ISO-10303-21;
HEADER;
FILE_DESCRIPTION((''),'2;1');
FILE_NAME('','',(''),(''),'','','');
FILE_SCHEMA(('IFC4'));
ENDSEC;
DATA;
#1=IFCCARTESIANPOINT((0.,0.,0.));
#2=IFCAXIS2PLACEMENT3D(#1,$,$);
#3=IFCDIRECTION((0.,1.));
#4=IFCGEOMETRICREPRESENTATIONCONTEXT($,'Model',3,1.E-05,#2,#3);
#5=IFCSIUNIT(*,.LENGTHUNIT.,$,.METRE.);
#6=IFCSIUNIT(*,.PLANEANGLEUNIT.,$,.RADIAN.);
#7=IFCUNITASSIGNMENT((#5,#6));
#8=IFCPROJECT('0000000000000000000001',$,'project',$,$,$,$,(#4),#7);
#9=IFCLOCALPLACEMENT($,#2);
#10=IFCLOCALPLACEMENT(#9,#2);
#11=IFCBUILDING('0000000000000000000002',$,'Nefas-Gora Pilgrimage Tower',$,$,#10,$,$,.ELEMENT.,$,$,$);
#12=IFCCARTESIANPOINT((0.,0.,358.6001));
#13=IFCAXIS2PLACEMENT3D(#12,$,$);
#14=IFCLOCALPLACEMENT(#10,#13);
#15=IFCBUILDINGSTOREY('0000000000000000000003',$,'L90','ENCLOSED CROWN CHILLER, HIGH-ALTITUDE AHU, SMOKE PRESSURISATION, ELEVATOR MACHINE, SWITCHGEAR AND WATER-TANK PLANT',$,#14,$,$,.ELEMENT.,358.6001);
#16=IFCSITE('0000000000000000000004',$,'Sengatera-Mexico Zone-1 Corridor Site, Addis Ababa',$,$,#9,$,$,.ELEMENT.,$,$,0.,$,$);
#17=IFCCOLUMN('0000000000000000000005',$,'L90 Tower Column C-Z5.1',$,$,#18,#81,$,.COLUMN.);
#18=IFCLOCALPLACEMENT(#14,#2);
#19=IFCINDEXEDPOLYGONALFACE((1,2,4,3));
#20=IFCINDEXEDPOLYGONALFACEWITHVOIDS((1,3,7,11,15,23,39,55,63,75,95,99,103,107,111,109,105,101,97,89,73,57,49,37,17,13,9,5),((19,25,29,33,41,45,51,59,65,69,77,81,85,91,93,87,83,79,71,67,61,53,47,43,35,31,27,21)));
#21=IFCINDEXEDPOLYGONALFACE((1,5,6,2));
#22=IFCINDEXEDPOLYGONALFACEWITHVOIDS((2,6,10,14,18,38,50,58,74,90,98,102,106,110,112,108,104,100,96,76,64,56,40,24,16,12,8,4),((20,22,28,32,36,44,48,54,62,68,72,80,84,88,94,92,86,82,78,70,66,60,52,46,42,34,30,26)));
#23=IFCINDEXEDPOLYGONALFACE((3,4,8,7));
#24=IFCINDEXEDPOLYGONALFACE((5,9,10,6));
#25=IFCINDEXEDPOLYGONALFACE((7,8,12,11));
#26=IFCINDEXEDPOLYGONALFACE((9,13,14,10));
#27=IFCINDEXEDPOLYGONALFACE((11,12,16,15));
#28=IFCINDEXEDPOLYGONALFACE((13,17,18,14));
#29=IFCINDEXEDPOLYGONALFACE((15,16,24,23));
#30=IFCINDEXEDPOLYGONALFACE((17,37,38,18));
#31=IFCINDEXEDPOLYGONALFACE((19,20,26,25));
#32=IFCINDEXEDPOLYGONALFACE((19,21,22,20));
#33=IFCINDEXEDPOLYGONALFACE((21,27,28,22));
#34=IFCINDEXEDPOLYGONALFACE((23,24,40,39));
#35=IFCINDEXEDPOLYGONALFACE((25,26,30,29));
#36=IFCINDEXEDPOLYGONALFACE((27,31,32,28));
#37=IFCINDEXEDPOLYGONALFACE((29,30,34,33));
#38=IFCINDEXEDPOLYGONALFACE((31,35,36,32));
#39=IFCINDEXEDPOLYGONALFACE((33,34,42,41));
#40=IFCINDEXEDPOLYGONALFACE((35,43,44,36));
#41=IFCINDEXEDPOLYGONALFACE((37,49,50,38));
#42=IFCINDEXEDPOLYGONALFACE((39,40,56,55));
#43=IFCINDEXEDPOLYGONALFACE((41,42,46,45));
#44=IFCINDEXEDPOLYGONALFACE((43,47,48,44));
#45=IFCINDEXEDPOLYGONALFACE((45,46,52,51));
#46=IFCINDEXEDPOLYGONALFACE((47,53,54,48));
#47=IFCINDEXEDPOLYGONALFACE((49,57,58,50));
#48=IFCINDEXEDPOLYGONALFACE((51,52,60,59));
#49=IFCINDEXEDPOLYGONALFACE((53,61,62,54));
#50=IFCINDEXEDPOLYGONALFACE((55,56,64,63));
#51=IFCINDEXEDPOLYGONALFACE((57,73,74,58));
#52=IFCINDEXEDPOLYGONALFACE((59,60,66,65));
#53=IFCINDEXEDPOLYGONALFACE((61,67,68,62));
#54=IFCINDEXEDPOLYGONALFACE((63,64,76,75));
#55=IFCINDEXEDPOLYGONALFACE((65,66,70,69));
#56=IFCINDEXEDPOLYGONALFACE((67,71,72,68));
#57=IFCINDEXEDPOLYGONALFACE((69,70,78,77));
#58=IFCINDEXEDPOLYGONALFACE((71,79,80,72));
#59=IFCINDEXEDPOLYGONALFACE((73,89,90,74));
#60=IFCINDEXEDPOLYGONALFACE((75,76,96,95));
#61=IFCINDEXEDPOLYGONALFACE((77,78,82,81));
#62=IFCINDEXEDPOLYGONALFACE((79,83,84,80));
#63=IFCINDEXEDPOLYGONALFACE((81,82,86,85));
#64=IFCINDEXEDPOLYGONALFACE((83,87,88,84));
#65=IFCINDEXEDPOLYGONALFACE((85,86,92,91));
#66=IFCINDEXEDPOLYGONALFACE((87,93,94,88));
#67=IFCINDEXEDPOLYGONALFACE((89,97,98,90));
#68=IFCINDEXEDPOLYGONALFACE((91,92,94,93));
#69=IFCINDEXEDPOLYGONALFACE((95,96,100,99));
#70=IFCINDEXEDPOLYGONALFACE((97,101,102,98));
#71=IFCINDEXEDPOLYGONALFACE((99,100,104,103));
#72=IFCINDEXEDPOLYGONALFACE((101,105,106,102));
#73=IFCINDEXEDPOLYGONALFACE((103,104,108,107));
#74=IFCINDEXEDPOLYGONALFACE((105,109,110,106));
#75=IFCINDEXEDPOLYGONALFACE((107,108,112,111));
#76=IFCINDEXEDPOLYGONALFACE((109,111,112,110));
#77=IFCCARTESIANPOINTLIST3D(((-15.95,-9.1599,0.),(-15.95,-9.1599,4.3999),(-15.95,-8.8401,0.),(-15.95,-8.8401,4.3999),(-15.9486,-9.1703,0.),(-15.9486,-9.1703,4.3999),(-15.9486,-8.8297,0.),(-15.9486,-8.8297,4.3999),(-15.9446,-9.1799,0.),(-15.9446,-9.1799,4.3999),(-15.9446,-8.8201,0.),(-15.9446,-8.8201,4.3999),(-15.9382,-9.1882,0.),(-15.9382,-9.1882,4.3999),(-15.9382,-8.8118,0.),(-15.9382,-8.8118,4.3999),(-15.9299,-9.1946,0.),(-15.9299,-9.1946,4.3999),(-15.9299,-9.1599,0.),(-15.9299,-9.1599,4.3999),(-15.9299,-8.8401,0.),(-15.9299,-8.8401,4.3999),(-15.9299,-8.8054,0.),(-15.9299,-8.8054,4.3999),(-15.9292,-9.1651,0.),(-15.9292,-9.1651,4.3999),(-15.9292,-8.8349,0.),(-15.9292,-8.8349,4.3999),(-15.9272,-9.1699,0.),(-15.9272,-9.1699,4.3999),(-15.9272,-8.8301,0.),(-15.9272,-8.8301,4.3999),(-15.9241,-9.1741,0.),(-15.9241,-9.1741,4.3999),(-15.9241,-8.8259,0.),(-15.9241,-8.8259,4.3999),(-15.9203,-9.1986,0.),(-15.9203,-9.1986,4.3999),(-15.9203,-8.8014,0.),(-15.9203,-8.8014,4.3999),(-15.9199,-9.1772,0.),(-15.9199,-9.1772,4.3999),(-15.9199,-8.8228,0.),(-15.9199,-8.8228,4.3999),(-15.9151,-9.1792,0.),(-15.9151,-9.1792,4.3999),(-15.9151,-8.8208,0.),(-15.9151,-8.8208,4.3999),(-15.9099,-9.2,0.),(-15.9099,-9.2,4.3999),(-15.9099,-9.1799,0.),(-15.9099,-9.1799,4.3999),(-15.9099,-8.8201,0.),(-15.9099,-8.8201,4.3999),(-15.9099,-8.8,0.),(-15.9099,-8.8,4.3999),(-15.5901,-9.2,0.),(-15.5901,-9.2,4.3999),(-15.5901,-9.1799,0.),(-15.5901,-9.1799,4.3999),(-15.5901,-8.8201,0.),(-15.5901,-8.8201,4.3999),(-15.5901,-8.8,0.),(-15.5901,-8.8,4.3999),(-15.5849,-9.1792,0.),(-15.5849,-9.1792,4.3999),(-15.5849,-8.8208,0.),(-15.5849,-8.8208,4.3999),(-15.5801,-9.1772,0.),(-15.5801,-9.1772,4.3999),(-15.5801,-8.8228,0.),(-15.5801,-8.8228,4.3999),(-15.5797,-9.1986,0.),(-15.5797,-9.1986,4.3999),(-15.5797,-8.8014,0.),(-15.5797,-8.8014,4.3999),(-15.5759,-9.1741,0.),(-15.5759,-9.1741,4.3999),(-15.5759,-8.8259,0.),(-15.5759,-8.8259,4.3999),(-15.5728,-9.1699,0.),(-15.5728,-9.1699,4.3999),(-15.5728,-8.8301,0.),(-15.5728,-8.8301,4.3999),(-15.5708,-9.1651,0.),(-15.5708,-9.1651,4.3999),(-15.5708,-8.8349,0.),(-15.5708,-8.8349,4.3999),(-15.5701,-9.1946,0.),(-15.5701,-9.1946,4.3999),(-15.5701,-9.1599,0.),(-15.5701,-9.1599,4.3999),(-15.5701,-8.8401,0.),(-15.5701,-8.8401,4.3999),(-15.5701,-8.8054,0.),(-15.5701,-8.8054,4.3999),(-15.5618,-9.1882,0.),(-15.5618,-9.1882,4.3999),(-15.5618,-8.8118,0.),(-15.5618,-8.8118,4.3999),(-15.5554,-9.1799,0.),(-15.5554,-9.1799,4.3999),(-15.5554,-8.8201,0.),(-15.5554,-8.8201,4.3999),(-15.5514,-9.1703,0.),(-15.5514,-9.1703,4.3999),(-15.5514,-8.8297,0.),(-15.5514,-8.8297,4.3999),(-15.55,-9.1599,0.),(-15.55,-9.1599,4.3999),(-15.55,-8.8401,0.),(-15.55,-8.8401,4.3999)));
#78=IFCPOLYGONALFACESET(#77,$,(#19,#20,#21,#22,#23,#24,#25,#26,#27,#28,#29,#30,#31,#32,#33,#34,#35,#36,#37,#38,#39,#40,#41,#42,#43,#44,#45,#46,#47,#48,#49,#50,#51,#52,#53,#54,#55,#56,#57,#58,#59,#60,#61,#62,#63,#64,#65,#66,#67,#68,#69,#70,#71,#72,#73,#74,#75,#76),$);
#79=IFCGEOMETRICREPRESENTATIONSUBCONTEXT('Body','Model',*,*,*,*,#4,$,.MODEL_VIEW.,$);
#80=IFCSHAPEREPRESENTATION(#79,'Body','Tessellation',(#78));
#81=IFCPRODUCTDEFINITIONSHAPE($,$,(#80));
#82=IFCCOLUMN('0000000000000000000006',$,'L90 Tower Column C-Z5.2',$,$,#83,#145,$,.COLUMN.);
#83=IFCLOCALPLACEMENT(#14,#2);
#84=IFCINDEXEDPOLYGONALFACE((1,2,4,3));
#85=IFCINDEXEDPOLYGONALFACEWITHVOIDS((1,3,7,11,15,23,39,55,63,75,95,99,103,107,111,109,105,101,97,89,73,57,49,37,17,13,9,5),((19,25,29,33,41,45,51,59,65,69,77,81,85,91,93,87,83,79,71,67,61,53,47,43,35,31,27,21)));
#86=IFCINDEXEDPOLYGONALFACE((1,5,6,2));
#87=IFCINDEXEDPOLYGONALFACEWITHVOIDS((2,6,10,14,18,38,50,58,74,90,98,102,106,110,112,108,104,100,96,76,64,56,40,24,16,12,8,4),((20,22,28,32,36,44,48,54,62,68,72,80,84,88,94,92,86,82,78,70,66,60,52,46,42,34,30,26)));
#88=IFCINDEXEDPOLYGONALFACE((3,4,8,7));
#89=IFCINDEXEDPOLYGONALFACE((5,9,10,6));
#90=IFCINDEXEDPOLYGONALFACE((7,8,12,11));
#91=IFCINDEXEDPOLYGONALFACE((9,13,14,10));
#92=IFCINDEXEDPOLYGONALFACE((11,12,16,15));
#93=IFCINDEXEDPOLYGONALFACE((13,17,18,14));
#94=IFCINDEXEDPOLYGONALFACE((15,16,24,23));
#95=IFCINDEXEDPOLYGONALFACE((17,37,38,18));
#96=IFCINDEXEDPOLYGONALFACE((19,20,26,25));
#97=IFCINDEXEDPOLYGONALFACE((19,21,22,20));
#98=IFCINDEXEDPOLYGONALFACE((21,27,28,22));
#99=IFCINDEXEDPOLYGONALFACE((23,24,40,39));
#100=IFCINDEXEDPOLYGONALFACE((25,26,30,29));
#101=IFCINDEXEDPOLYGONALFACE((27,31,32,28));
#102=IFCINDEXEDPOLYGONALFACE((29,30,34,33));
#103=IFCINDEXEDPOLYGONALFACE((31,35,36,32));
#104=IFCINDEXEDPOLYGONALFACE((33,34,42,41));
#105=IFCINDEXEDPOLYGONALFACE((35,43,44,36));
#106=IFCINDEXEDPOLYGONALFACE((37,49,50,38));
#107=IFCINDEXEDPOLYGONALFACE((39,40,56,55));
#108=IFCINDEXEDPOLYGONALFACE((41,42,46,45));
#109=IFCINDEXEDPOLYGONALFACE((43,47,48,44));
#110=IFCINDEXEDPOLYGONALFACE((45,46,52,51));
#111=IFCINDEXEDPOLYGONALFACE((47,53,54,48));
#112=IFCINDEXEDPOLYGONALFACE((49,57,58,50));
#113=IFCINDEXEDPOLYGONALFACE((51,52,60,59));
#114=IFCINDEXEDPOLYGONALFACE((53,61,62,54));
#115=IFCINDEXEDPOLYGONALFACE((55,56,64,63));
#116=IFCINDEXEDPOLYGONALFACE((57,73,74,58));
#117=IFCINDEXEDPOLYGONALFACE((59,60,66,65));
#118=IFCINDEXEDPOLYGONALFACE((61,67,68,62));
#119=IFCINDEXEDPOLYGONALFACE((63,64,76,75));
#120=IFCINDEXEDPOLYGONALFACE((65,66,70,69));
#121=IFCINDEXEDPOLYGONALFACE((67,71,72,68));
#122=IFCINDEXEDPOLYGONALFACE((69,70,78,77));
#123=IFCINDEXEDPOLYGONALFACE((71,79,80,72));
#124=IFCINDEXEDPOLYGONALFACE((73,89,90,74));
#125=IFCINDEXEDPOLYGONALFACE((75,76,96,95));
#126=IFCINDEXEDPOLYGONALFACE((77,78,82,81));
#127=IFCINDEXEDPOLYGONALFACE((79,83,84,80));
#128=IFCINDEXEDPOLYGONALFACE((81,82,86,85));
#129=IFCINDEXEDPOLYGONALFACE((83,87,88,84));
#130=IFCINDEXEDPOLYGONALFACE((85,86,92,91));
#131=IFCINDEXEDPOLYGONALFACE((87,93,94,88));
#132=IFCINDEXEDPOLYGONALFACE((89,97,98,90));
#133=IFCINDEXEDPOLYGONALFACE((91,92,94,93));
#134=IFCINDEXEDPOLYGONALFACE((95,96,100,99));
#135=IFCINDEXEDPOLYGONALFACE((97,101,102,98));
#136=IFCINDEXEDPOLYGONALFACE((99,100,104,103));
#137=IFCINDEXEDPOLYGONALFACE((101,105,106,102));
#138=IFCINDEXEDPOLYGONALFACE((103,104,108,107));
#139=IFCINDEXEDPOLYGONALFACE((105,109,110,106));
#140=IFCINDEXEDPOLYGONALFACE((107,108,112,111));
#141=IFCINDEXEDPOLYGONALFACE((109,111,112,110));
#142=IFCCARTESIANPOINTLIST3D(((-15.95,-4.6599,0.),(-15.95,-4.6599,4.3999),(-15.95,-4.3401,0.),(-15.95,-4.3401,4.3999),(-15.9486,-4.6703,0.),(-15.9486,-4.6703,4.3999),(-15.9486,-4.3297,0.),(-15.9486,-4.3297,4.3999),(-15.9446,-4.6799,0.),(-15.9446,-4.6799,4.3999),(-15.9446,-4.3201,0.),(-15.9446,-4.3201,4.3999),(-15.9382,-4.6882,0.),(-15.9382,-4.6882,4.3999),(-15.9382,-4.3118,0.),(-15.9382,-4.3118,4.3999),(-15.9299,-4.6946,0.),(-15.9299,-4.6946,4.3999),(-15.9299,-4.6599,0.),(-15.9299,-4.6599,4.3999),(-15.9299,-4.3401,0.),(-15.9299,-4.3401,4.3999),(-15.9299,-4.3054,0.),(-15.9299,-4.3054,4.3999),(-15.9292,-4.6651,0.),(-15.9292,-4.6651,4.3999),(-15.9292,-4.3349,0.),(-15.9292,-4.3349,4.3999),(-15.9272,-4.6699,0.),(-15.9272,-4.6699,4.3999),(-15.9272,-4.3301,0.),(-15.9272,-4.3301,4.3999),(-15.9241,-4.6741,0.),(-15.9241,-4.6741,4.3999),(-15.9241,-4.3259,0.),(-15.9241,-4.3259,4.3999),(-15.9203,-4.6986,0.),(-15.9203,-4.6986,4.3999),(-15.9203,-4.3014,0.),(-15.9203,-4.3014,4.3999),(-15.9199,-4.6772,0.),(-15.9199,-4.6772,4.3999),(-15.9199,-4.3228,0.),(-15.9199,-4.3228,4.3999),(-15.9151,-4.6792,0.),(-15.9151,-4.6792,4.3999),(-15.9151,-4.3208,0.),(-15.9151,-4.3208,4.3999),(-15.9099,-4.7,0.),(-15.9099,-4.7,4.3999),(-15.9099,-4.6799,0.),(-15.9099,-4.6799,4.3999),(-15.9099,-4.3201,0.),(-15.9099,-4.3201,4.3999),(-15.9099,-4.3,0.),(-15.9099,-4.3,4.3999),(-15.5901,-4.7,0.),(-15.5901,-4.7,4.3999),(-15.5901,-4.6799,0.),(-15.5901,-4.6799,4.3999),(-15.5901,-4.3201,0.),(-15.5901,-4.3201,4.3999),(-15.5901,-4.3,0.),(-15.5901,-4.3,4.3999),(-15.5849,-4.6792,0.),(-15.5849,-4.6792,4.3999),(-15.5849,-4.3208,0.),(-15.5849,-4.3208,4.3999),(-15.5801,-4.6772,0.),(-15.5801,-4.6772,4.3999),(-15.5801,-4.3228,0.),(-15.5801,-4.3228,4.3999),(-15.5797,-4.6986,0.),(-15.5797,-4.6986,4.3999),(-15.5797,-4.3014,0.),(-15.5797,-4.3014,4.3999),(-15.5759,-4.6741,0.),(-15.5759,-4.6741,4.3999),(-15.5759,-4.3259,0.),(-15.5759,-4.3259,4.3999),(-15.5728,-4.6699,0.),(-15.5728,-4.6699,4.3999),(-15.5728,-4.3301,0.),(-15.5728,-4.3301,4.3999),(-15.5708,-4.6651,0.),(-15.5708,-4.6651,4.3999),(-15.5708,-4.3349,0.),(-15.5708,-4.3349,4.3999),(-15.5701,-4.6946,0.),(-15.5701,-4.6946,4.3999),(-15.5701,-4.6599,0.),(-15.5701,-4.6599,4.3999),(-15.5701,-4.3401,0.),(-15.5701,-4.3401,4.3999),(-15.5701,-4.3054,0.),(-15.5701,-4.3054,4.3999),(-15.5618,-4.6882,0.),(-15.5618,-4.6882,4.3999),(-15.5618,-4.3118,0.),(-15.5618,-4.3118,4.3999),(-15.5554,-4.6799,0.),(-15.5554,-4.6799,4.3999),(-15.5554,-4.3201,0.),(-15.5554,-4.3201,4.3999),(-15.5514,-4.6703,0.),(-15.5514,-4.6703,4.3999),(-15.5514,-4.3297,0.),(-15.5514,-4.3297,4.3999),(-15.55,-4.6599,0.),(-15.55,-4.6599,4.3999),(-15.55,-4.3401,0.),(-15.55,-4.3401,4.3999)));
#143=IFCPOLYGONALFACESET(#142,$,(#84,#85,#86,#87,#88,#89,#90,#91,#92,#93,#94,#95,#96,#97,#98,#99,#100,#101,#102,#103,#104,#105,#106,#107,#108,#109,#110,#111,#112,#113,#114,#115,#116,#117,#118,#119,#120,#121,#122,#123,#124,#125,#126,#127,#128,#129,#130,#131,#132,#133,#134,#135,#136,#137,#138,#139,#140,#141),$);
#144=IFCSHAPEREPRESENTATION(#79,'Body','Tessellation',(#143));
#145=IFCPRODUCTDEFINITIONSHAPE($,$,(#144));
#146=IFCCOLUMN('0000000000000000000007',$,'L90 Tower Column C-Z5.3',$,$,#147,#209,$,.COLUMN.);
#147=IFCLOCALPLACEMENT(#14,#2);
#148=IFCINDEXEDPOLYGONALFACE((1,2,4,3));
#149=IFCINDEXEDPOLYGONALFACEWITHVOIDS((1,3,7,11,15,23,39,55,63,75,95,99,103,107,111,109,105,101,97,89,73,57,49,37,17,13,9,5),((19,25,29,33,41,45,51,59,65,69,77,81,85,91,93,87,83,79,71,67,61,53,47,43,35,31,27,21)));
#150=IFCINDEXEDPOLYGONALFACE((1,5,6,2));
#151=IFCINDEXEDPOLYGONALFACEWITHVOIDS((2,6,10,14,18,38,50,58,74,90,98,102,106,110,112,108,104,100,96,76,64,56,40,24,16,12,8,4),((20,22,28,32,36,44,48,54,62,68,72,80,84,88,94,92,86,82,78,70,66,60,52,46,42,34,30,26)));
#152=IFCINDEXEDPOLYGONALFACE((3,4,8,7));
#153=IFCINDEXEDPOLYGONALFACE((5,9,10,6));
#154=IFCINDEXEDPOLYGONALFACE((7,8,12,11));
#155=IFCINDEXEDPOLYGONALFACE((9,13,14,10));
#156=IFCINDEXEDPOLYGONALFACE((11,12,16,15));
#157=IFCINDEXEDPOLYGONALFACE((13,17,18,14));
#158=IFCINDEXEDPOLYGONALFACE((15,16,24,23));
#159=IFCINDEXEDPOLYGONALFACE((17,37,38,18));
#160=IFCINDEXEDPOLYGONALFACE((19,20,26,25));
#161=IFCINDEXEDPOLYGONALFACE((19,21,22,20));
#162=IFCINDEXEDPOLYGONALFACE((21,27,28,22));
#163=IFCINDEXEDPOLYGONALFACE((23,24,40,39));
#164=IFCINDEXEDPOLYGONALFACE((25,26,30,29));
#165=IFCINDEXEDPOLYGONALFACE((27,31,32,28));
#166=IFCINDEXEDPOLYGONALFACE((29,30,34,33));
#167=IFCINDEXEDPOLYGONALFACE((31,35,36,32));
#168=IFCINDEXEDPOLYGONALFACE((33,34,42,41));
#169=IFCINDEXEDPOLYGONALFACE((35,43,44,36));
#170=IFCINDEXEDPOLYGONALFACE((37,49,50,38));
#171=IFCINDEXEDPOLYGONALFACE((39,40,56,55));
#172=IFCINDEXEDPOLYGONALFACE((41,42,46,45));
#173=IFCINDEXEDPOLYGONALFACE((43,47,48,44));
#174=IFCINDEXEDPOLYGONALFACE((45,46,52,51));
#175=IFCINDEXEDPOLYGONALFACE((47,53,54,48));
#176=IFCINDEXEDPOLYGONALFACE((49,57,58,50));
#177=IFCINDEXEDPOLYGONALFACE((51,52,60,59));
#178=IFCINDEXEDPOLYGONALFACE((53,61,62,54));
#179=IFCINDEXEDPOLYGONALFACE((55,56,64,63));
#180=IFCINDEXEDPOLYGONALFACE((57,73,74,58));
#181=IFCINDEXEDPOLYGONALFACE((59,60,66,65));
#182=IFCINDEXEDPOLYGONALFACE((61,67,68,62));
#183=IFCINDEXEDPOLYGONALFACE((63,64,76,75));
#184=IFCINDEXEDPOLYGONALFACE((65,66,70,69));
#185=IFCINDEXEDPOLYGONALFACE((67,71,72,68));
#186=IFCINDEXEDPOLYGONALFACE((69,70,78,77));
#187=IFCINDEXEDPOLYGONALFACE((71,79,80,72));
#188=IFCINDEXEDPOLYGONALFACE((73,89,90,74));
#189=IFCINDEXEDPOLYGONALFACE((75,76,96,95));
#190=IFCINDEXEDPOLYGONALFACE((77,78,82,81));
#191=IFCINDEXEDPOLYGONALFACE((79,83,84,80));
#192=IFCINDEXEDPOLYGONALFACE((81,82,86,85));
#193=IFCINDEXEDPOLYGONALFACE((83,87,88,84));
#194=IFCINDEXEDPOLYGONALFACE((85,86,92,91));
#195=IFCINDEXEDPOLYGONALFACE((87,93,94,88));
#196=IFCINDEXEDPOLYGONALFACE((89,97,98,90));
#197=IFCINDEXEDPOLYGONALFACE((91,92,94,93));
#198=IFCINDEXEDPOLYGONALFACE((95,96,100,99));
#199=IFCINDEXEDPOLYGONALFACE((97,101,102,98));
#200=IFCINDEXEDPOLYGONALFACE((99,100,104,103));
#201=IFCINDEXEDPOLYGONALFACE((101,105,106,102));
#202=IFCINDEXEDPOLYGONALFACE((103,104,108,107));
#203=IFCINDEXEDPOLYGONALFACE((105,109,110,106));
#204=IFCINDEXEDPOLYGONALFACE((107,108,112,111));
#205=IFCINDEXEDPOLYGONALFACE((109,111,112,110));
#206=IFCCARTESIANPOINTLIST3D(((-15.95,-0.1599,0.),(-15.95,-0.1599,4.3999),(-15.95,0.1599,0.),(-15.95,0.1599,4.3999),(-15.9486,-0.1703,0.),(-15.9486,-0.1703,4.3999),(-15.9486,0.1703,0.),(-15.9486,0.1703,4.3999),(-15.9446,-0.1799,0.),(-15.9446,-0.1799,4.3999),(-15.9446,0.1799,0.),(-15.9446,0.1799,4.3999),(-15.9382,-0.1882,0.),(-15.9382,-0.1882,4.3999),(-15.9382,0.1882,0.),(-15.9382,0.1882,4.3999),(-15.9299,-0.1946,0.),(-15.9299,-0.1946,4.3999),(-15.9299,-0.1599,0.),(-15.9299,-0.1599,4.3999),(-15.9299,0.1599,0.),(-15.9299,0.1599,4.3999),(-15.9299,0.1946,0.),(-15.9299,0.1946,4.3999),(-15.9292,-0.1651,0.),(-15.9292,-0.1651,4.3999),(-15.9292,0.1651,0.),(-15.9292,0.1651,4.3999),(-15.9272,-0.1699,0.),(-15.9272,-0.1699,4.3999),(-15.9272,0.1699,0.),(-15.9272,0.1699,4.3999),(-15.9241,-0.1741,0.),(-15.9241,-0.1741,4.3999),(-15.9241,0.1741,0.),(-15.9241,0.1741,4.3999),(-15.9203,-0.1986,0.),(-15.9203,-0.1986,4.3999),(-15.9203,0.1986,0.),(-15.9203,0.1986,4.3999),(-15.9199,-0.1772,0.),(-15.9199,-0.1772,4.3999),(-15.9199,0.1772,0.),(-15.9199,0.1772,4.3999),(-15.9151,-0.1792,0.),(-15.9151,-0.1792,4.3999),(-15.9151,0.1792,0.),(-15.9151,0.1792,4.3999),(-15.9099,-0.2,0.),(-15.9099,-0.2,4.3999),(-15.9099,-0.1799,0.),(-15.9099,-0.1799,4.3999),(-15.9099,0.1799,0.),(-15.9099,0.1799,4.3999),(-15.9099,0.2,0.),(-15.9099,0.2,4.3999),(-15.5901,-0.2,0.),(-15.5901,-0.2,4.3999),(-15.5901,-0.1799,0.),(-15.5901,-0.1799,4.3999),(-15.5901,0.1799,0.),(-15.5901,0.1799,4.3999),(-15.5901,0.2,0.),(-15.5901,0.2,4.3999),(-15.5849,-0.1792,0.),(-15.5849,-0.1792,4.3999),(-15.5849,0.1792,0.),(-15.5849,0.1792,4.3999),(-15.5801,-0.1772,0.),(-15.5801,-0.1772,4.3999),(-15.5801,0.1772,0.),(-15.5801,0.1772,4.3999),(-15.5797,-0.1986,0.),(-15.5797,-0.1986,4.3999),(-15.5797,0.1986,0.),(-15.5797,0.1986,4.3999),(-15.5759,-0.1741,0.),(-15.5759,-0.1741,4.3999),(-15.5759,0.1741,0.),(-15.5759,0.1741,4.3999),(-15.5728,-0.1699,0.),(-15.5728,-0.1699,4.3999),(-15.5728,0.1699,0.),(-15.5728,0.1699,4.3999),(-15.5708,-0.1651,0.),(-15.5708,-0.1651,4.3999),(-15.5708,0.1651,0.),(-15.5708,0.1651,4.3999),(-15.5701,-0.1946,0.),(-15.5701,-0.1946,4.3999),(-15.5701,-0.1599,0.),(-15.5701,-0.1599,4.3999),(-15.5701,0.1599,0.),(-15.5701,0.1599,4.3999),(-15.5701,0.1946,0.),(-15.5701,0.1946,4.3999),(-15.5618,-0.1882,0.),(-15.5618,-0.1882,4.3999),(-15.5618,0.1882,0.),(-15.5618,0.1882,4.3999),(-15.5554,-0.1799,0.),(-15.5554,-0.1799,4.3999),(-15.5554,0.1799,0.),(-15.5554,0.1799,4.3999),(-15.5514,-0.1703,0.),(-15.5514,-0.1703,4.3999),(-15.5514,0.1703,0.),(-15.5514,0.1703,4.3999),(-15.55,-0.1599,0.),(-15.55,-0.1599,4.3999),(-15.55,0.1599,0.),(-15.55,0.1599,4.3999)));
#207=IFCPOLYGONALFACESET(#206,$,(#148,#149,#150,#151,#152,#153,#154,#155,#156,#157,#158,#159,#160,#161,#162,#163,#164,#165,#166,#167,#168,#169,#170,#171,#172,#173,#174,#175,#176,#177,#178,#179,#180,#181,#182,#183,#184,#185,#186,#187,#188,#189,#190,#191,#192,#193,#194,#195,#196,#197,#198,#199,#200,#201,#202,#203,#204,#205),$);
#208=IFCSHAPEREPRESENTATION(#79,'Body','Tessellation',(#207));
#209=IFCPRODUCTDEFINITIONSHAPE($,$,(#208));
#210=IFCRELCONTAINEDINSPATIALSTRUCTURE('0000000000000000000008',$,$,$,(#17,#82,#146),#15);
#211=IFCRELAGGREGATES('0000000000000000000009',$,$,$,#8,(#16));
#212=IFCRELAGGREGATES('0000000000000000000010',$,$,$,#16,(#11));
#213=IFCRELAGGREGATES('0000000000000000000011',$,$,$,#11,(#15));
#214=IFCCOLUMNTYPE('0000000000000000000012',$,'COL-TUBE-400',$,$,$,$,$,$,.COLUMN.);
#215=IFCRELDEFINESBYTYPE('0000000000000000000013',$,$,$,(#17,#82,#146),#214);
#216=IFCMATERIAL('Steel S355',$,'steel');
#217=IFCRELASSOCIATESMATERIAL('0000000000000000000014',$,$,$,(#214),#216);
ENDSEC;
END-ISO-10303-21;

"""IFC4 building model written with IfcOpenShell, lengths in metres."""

from ifc_helpers import new_model, si_unit, direction, frame, origin, origin_2d, place, context, subcontext, project, spatial, hollow_rectangle, extrude, source, transform, mapped, material, material_profile, profile_set, type_object, element, save


model = new_model("IFC4")

# Units and contexts
model_context = context("Model", 3, precision=1e-05, world=origin(), true_north=direction((0.0, 1.0)))
body_context = subcontext(model_context, "Body", "Model", "MODEL_VIEW")
ifc_project = project(units=[si_unit("LENGTHUNIT", "METRE"), si_unit("PLANEANGLEUNIT", "RADIAN")], contexts=[model_context])

# Site, building, storey
site_placement = place(None, origin())
site = spatial("IfcSite", under=ifc_project, at=site_placement, Name="Sengatera-Mexico Zone-1 Corridor Site, Addis Ababa", CompositionType="ELEMENT", RefElevation=0.0)
building_placement = place(site_placement, origin())
building = spatial("IfcBuilding", under=site, at=building_placement, Name="Nefas-Gora Pilgrimage Tower", CompositionType="ELEMENT")
storey_placement = place(building_placement, frame((0.0, 0.0, 358.6001)))
storey = spatial("IfcBuildingStorey", under=building, at=storey_placement, Name="L90", Description="ENCLOSED CROWN CHILLER, HIGH-ALTITUDE AHU, SMOKE PRESSURISATION, ELEVATOR MACHINE, SWITCHGEAR AND WATER-TANK PLANT", CompositionType="ELEMENT", Elevation=358.6001)

# Columns
ifc_material_1 = material(Name="Steel S355", Category="steel")
ifc_material_profile_1 = material_profile(ifc_material_1, hollow_rectangle(XDim=0.3999, YDim=0.3999, WallThickness=0.02, InnerFilletRadius=0.02, OuterFilletRadius=0.04, at=origin_2d()), Name="SHS 400x400x20")
ifc_profile_set_1 = profile_set([ifc_material_profile_1], Name="Steel S355")
column_type_1 = type_object("IfcColumnType", Name="COL-TUBE-400", PredefinedType="COLUMN", material=ifc_profile_set_1)
shared_shape_1 = source(origin(), body_context, "Body", "SweptSolid", [
    extrude(hollow_rectangle(XDim=0.3999, YDim=0.3999, WallThickness=0.02, InnerFilletRadius=0.02, OuterFilletRadius=0.04, at=origin_2d()), origin(), (0.0, 0.0, 1.0), 4.3999),
])
for number, where, z_axis, x_axis, name in (
    (1, (-15.75, -9.0, 0.0), (0.0, 0.0, 1.0), (1.0, 0.0, 0.0), "L90 Tower Column C-Z5.1"),
    (2, (-15.75, -4.5, 0.0), (0.0, 0.0, 1.0), (1.0, 0.0, 0.0), "L90 Tower Column C-Z5.2"),
    (3, (-15.75, 0.0, 0.0), (0.0, 0.0, 1.0), (1.0, 0.0, 0.0), "L90 Tower Column C-Z5.3"),
):
    element("IfcColumn", number, at=place(storey_placement, frame(where, z_axis=z_axis, x_axis=x_axis)), inside=storey, type_object=column_type_1, Name=name, PredefinedType="COLUMN", context=body_context, shape_type="MappedRepresentation", body=[
        mapped(shared_shape_1, transform((0.0, 0.0, 0.0), x_axis=(1.0, 0.0, 0.0), y_axis=(0.0, 1.0, 0.0), z_axis=(0.0, 0.0, 1.0), scale=1.0)),
    ])

save(model, "model.ifc")
